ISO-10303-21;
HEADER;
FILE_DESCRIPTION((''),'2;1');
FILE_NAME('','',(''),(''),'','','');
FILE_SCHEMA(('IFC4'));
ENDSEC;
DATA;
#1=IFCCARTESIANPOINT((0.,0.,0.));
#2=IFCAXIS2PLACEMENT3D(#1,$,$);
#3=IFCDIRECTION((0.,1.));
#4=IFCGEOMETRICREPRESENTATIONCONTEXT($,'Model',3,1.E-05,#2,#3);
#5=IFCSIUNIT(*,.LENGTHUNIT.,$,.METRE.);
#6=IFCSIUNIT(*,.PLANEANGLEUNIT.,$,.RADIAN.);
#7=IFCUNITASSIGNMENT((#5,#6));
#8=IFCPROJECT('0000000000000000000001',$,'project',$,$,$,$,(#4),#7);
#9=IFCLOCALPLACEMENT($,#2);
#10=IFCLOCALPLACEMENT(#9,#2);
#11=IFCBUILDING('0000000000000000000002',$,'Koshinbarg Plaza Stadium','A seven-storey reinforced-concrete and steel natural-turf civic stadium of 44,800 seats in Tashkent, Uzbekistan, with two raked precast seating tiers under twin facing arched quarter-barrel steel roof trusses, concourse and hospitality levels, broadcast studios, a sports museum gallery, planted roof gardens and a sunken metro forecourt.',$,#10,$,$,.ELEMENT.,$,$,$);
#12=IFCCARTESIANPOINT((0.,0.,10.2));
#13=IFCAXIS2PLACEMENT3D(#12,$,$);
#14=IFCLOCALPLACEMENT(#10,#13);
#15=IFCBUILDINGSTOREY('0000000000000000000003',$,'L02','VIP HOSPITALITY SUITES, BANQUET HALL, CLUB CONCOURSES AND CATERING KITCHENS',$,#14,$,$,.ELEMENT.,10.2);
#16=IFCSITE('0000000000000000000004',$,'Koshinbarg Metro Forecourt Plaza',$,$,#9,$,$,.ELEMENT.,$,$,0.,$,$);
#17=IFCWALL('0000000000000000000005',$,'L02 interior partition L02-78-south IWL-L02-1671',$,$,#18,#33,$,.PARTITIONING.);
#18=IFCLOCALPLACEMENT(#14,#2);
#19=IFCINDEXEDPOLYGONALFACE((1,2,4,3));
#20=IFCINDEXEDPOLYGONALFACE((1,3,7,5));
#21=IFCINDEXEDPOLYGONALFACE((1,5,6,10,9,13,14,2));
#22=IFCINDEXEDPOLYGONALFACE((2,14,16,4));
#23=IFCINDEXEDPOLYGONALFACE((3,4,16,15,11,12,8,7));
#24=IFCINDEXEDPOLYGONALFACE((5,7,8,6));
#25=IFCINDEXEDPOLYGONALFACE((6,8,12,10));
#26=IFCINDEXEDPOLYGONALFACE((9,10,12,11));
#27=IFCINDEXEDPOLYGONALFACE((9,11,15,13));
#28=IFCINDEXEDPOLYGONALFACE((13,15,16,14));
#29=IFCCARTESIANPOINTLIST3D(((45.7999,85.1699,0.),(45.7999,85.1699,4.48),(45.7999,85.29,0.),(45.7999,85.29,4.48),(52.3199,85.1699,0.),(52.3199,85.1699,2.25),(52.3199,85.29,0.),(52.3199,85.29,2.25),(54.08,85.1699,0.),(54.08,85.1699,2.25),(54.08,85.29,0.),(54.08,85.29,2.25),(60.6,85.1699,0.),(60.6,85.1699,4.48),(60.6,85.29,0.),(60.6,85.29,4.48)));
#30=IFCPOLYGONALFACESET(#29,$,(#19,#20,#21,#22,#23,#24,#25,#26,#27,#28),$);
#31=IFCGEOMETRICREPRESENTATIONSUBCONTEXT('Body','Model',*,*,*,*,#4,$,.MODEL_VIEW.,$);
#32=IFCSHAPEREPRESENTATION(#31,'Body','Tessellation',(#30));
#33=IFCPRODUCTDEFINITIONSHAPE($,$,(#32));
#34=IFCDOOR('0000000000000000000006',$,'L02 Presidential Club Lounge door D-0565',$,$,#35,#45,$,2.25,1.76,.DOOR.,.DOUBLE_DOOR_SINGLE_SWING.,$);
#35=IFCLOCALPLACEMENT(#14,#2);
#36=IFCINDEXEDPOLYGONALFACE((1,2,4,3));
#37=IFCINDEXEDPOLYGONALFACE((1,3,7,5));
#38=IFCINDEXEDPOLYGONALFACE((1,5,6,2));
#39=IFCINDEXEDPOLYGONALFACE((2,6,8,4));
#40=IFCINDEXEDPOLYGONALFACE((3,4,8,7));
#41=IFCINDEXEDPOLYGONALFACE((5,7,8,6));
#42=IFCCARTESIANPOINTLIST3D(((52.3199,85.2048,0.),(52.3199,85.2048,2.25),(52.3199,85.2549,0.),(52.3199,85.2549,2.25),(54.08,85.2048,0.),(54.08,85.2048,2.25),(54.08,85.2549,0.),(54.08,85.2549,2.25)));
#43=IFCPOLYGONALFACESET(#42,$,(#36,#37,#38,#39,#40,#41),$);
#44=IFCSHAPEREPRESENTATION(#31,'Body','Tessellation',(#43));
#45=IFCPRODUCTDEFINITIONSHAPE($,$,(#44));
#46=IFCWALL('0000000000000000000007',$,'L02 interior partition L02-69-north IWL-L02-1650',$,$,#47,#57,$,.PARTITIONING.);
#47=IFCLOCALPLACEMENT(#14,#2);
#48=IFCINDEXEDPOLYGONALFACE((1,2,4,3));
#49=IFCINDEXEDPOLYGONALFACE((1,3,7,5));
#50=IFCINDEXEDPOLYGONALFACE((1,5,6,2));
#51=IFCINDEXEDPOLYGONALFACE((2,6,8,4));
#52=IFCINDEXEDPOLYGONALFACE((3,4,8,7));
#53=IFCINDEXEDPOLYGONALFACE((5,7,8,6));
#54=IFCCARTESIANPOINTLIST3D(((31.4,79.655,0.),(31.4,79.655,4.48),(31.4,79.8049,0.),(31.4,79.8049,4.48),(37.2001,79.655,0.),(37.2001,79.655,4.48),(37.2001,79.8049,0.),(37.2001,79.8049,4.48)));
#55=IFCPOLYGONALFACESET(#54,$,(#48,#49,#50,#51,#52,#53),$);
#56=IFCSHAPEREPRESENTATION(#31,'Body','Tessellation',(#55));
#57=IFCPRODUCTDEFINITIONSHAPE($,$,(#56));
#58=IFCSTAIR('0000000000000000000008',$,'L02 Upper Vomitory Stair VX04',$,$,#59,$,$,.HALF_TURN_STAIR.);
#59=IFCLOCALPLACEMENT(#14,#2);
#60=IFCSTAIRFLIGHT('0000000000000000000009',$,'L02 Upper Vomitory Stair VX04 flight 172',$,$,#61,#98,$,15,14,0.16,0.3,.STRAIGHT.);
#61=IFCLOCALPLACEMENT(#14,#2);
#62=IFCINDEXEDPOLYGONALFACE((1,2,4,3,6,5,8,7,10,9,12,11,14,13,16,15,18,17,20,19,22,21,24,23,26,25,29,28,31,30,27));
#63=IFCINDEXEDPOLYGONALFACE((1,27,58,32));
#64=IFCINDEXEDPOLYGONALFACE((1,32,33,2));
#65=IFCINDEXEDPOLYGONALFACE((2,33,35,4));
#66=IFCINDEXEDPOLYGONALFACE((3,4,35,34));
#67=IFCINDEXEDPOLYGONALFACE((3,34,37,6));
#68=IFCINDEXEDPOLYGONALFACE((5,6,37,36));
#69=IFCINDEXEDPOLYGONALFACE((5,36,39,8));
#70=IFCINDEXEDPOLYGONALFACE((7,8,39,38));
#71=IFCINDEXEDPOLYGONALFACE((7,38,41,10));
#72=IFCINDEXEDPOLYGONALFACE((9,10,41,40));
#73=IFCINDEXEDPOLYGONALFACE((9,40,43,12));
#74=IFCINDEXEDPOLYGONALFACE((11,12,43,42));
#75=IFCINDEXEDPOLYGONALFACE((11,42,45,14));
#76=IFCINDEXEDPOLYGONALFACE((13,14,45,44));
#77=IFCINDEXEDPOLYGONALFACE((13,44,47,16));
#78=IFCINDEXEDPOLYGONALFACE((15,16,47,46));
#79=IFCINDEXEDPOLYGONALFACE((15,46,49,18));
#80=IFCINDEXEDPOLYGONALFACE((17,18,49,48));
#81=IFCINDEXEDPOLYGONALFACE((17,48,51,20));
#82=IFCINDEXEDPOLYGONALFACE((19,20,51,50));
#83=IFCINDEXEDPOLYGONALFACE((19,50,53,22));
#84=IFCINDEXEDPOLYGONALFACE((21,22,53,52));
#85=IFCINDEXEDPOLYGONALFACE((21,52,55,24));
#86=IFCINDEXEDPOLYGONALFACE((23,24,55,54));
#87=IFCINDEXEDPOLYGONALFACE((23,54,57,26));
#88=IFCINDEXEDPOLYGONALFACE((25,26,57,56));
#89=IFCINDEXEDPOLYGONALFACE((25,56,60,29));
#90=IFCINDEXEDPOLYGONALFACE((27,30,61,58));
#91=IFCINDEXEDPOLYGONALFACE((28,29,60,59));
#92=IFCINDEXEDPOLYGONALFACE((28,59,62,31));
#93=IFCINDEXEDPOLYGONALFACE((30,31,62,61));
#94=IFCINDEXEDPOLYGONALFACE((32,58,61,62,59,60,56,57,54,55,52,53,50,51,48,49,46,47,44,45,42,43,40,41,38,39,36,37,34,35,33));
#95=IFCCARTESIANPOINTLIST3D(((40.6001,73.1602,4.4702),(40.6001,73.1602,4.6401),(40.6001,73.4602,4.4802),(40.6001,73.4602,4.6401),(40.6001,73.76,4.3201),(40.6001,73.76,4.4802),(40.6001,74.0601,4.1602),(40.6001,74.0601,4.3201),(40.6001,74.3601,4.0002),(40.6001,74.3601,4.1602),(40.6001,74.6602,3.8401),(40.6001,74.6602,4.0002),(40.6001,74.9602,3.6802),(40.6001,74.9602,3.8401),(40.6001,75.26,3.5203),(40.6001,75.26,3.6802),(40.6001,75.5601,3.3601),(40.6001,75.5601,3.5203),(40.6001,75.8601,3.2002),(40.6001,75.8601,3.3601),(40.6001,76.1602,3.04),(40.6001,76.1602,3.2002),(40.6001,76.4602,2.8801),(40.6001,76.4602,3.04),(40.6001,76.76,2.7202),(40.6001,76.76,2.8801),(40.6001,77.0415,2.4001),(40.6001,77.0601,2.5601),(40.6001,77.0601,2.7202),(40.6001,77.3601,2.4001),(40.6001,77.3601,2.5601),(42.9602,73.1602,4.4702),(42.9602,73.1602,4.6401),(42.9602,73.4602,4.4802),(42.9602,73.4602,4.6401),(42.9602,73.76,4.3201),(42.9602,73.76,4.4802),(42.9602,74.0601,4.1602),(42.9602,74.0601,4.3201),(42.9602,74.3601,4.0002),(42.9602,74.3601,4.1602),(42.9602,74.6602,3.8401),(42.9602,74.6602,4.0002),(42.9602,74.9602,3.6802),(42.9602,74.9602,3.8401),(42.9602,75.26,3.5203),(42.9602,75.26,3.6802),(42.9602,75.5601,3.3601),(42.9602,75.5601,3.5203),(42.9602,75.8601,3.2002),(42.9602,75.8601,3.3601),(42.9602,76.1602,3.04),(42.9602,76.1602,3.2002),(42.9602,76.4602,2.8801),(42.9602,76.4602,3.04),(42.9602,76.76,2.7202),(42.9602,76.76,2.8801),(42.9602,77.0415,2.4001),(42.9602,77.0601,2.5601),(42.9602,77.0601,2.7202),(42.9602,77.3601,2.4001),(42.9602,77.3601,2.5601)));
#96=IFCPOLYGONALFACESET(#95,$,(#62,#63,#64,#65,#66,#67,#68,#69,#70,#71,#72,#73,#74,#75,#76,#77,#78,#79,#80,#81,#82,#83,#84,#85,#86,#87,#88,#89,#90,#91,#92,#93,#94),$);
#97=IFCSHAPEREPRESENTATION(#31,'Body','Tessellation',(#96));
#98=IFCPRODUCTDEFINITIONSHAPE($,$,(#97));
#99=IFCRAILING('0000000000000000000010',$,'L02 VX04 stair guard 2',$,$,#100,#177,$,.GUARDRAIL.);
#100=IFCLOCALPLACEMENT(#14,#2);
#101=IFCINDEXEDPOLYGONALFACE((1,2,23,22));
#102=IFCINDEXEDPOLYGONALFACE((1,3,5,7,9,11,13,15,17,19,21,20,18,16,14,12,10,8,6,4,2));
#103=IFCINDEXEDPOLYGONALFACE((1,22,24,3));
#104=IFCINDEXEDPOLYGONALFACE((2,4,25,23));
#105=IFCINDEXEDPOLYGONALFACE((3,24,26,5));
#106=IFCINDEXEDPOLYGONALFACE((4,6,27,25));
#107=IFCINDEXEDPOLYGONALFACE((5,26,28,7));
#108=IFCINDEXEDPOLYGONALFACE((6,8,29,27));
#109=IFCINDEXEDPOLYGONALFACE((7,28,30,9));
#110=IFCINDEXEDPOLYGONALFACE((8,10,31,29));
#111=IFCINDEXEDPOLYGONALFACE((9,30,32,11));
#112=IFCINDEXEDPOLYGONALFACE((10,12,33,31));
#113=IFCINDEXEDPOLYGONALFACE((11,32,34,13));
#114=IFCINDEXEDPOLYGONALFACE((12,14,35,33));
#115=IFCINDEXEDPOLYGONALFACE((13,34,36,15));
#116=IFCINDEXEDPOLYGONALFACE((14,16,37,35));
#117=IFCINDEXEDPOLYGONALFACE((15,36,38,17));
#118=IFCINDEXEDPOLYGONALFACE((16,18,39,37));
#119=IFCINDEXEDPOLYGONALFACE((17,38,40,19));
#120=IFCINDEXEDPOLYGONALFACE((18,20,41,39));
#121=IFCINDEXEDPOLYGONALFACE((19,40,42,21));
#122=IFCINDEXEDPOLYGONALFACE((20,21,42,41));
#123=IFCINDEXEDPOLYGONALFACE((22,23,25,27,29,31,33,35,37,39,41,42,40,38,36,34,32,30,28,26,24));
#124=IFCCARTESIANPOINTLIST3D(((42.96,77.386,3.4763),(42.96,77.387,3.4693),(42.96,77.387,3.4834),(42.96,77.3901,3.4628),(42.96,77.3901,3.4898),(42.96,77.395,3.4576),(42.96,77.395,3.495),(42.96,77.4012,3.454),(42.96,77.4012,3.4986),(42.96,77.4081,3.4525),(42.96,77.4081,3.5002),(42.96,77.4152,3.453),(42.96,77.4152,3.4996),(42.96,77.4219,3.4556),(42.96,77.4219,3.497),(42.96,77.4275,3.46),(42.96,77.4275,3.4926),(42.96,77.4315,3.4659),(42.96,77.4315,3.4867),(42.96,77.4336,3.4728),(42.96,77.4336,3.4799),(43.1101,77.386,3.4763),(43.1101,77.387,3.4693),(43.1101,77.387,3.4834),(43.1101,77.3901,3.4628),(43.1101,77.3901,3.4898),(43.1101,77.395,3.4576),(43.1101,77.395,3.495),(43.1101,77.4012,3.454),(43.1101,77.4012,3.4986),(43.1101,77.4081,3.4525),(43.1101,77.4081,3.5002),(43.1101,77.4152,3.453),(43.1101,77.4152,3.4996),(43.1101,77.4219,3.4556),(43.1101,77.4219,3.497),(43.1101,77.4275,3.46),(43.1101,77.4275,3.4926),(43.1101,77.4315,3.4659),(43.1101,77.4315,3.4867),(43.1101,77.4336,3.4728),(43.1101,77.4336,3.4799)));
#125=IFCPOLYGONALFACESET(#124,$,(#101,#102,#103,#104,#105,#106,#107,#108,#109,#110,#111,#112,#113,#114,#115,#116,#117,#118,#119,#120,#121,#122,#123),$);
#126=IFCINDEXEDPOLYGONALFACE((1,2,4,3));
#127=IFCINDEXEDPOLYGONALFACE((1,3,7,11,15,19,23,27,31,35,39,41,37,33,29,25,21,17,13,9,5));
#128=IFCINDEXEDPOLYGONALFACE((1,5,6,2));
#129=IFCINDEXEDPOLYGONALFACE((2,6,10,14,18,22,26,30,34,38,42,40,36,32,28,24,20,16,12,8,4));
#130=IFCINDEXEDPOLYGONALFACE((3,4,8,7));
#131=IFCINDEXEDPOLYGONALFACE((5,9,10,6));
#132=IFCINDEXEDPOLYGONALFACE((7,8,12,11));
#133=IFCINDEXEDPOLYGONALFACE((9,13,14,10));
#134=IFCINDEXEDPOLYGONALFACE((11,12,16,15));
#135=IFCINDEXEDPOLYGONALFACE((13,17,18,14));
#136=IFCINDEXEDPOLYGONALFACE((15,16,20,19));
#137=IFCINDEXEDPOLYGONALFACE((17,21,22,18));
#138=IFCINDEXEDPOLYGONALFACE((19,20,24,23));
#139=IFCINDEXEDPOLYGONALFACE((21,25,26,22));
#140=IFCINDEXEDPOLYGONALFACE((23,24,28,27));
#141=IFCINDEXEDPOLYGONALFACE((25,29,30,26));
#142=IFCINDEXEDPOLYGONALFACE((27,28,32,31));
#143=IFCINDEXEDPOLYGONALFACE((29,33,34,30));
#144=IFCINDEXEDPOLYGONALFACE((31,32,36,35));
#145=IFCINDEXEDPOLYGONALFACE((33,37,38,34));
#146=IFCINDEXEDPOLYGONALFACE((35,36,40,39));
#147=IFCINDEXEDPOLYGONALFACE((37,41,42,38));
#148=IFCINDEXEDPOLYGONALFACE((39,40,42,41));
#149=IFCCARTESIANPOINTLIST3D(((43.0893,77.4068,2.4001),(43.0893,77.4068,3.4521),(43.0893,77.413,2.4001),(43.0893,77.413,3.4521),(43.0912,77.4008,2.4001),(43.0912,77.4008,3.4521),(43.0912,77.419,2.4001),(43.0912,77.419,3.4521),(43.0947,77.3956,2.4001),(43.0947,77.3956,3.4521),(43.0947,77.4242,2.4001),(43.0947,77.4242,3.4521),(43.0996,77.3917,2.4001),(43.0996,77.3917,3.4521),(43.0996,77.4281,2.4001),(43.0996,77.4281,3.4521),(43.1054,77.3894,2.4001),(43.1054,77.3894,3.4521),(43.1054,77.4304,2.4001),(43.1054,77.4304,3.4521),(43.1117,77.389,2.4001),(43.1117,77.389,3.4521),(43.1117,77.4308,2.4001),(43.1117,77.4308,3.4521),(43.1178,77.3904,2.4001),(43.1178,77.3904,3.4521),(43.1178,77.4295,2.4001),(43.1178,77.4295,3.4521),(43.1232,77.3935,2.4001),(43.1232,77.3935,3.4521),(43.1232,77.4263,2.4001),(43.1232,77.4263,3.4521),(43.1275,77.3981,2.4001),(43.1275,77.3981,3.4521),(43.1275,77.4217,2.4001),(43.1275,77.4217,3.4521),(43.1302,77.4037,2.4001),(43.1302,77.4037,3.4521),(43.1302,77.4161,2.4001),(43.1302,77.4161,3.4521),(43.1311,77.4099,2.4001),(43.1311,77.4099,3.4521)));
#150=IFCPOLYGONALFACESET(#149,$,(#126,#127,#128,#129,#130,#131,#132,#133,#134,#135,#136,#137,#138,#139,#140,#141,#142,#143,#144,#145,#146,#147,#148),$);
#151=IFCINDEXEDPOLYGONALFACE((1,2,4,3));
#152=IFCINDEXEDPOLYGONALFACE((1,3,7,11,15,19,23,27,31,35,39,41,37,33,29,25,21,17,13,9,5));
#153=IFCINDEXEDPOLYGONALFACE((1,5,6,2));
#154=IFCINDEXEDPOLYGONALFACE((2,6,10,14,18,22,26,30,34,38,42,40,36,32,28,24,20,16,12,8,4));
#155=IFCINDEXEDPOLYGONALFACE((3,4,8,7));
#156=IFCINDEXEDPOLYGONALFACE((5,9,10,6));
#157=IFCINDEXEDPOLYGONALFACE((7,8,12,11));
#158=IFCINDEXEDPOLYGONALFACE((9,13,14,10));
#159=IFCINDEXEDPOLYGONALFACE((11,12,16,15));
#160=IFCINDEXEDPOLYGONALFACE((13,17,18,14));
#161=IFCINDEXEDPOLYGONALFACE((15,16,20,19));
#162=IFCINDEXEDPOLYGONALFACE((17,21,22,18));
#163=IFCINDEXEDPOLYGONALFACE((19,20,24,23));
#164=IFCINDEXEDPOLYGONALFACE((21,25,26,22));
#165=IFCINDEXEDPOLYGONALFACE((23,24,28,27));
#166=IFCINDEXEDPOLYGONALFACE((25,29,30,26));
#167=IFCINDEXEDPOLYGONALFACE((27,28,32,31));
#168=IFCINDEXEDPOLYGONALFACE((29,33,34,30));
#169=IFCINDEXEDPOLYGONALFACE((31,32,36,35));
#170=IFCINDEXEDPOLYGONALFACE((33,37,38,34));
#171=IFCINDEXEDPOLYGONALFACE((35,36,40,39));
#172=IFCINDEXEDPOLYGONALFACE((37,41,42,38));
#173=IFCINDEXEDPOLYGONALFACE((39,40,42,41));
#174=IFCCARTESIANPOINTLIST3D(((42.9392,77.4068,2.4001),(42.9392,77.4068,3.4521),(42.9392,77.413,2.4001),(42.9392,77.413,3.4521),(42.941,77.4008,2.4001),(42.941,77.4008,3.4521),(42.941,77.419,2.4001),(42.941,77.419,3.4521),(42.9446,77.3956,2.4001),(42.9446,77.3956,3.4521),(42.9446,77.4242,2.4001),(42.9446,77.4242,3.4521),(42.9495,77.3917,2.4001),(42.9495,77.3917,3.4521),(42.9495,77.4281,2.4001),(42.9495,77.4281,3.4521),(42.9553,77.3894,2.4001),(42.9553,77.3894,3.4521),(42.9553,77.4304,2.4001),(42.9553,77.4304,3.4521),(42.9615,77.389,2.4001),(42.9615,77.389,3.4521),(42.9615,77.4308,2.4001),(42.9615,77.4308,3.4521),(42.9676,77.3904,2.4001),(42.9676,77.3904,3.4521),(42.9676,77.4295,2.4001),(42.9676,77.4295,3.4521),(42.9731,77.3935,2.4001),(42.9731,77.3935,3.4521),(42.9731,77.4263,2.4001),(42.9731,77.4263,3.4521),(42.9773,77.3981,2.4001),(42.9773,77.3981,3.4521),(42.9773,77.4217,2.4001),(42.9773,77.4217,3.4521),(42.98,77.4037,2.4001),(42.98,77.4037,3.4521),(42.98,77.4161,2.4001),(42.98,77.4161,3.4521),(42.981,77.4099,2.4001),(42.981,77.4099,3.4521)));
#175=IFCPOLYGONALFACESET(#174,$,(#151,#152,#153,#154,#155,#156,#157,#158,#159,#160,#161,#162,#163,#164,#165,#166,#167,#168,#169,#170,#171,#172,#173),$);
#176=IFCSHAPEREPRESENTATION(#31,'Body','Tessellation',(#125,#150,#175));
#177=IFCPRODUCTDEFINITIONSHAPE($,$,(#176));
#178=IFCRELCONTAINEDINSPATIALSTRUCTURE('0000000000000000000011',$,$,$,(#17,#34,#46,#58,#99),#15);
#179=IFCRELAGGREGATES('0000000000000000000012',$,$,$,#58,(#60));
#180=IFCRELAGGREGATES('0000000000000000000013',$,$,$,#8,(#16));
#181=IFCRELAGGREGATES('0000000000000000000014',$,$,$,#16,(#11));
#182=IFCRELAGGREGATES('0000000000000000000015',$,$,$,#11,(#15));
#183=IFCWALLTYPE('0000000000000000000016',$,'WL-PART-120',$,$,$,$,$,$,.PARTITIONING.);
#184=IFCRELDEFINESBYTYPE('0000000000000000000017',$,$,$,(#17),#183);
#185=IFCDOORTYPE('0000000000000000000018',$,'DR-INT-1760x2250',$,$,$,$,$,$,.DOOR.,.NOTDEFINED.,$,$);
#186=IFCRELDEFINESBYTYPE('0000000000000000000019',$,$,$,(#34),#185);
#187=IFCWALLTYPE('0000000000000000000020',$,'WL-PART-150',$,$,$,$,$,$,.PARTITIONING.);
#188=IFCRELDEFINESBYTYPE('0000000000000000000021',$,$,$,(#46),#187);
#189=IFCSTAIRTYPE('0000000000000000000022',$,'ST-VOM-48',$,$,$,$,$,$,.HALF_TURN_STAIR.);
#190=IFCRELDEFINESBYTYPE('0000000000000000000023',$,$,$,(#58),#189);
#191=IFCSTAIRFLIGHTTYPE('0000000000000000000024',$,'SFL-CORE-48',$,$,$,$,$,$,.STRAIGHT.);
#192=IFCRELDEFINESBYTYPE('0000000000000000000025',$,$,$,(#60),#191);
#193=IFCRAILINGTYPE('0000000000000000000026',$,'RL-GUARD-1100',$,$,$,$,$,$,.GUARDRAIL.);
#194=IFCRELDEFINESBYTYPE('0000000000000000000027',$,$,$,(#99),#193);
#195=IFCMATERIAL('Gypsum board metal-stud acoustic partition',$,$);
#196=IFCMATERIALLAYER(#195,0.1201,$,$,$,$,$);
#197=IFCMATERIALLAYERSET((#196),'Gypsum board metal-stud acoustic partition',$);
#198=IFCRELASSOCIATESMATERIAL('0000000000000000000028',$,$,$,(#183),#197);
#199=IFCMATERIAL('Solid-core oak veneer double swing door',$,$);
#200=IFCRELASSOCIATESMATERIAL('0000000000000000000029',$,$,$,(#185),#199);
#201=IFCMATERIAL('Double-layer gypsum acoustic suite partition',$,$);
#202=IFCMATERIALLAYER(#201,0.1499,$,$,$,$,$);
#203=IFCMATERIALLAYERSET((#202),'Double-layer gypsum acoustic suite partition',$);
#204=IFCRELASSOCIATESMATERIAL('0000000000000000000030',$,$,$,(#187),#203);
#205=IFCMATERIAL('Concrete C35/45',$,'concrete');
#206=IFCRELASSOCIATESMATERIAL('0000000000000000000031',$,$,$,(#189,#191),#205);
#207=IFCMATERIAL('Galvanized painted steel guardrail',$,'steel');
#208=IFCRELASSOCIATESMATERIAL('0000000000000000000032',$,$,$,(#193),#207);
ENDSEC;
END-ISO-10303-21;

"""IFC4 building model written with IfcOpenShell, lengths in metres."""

from ifc_helpers import new_model, si_unit, direction, frame, frame_2d, origin, origin_2d, place, context, subcontext, project, spatial, polyline, rectangle, circle, outline, extrude, material, layer, layer_set, type_object, element, fill, aggregate, save


model = new_model("IFC4")

# Units and contexts
model_context = context("Model", 3, precision=1e-05, world=origin(), true_north=direction((0.0, 1.0)))
body_context = subcontext(model_context, "Body", "Model", "MODEL_VIEW")
ifc_project = project(units=[si_unit("LENGTHUNIT", "METRE"), si_unit("PLANEANGLEUNIT", "RADIAN")], contexts=[model_context])

# Site, building, storey
site_placement = place(None, origin())
site = spatial("IfcSite", under=ifc_project, at=site_placement, Name="Koshinbarg Metro Forecourt Plaza", CompositionType="ELEMENT", RefElevation=0.0)
building_placement = place(site_placement, origin())
building = spatial("IfcBuilding", under=site, at=building_placement, Name="Koshinbarg Plaza Stadium", Description="A seven-storey reinforced-concrete and steel natural-turf civic stadium of 44,800 seats in Tashkent, Uzbekistan, with two raked precast seating tiers under twin facing arched quarter-barrel steel roof trusses, concourse and hospitality levels, broadcast studios, a sports museum gallery, planted roof gardens and a sunken metro forecourt.", CompositionType="ELEMENT")
storey_placement = place(building_placement, frame((0.0, 0.0, 10.2)))
storey = spatial("IfcBuildingStorey", under=building, at=storey_placement, Name="L02", Description="VIP HOSPITALITY SUITES, BANQUET HALL, CLUB CONCOURSES AND CATERING KITCHENS", CompositionType="ELEMENT", Elevation=10.2)

# Shared definitions
ifc_material_1 = material(Name="Gypsum board metal-stud acoustic partition")
ifc_layer_1 = layer(ifc_material_1, 0.1201)
ifc_layer_set_1 = layer_set([ifc_layer_1], Name="Gypsum board metal-stud acoustic partition")
wall_type_1 = type_object("IfcWallType", Name="WL-PART-120", PredefinedType="PARTITIONING", material=ifc_layer_set_1)

# Wall, opening, door
wall_1_placement = place(storey_placement, frame((45.8, 85.23, 0.0), z_axis=(0.0, 0.0, 1.0), x_axis=(1.0, 0.0, 0.0)))
wall_1 = element("IfcWall", 1, at=wall_1_placement, inside=storey, type_object=wall_type_1, Name="L02 interior partition L02-78-south IWL-L02-1671", PredefinedType="PARTITIONING", context=body_context, shape_type="SweptSolid", body=[
    extrude(rectangle(XDim=14.8, YDim=0.1201, at=frame_2d((7.3999, 0.0))), origin(), (0.0, 0.0, 1.0), 4.48),
])
opening_1_placement = place(wall_1_placement, frame((6.52, 0.0, 0.0)))
opening_1 = element("IfcOpeningElement", 2, at=opening_1_placement, cuts=wall_1, PredefinedType="OPENING", context=body_context, shape_type="SweptSolid", body=[
    extrude(rectangle(XDim=1.76, YDim=2.25, at=frame_2d((0.8799, 1.125))), frame((0.0, 0.0701, 0.0), z_axis=(0.0, -1.0, 0.0), x_axis=(1.0, 0.0, 0.0)), (0.0, 0.0, 1.0), 0.1401),
])
ifc_material_2 = material(Name="Solid-core oak veneer double swing door")
door_type_1 = type_object("IfcDoorType", Name="DR-INT-1760x2250", OperationType="NOTDEFINED", PredefinedType="DOOR", material=ifc_material_2)
door_1_placement = place(opening_1_placement, origin())
door_1 = element("IfcDoor", 3, at=door_1_placement, inside=storey, type_object=door_type_1, Name="L02 Presidential Club Lounge door D-0565", OperationType="DOUBLE_DOOR_SINGLE_SWING", OverallHeight=2.25, OverallWidth=1.76, PredefinedType="DOOR", context=body_context, shape_type="SweptSolid", body=[
    extrude(rectangle(XDim=1.76, YDim=2.25, at=frame_2d((0.8799, 1.125))), frame((0.0, 0.0249, 0.0), z_axis=(0.0, -1.0, 0.0), x_axis=(1.0, 0.0, 0.0)), (0.0, 0.0, 1.0), 0.05),
])
fill(opening_1, door_1)

# Wall
ifc_material_3 = material(Name="Double-layer gypsum acoustic suite partition")
ifc_layer_2 = layer(ifc_material_3, 0.1499)
ifc_layer_set_2 = layer_set([ifc_layer_2], Name="Double-layer gypsum acoustic suite partition")
wall_type_2 = type_object("IfcWallType", Name="WL-PART-150", PredefinedType="PARTITIONING", material=ifc_layer_set_2)
wall_2_placement = place(storey_placement, frame((37.2, 79.73, 0.0), z_axis=(0.0, 0.0, 1.0), x_axis=(-1.0, 0.0, 0.0)))
element("IfcWall", 4, at=wall_2_placement, inside=storey, type_object=wall_type_2, Name="L02 interior partition L02-69-north IWL-L02-1650", PredefinedType="PARTITIONING", context=body_context, shape_type="SweptSolid", body=[
    extrude(rectangle(XDim=5.8, YDim=0.1499, at=frame_2d((2.8999, 0.0))), origin(), (0.0, 0.0, 1.0), 4.48),
])

# Stair, stair flight
ifc_material_4 = material(Name="Concrete C35/45", Category="concrete")
stair_type = type_object("IfcStairType", Name="ST-VOM-48", PredefinedType="HALF_TURN_STAIR", material=ifc_material_4)
stair_placement = place(storey_placement, origin())
stair = element("IfcStair", 5, at=stair_placement, inside=storey, type_object=stair_type, Name="L02 Upper Vomitory Stair VX04", PredefinedType="HALF_TURN_STAIR")
stair_flight_type = type_object("IfcStairFlightType", Name="SFL-CORE-48", PredefinedType="STRAIGHT", material=ifc_material_4)
stair_flight_placement = place(storey_placement, frame((41.78, 77.3601, 2.4001), z_axis=(0.0, 0.0, 1.0), x_axis=(0.0, -1.0, 0.0)))
stair_flight = element("IfcStairFlight", 6, at=stair_flight_placement, type_object=stair_flight_type, Name="L02 Upper Vomitory Stair VX04 flight 172", NumberOfRisers=15, NumberOfTreads=14, PredefinedType="STRAIGHT", RiserHeight=0.16, TreadLength=0.3, context=body_context, shape_type="SweptSolid", body=[
    extrude(outline(polyline([(0.0, 0.0), (0.0, 0.1599), (0.3, 0.1599), (0.3, 0.3201), (0.6001, 0.3201), (0.6001, 0.48), (0.8999, 0.48), (0.8999, 0.6399), (1.2, 0.6399), (1.2, 0.8), (1.5, 0.8), (1.5, 0.96), (1.8, 0.96), (1.8, 1.1201), (2.1001, 1.1201), (2.1001, 1.28), (2.3999, 1.28), (2.3999, 1.4399), (2.7, 1.4399), (2.7, 1.6001), (3.0, 1.6001), (3.0, 1.76), (3.3, 1.76), (3.3, 1.9199), (3.6001, 1.9199), (3.6001, 2.0801), (3.8999, 2.0801), (3.8999, 2.24), (4.2, 2.24), (4.2, 2.3999), (4.2, 2.0701), (0.3186, 0.0), (0.0, 0.0)])), frame((0.0, 1.1802, 0.0), z_axis=(0.0, -1.0, 0.0), x_axis=(1.0, 0.0, 0.0)), (0.0, 0.0, 1.0), 2.3601),
])
aggregate(stair, [stair_flight])

# Railing
ifc_material_5 = material(Name="Galvanized painted steel guardrail", Category="steel")
railing_type_1 = type_object("IfcRailingType", Name="RL-GUARD-1100", PredefinedType="GUARDRAIL", material=ifc_material_5)
railing_1_placement = place(storey_placement, frame((43.1101, 77.4099, 2.4001)))
element("IfcRailing", 7, at=railing_1_placement, inside=storey, type_object=railing_type_1, Name="L02 VX04 stair guard 2", PredefinedType="GUARDRAIL", context=body_context, shape_type="SweptSolid", body=[
    extrude(circle(Radius=0.0239, at=origin_2d()), frame((0.0, 0.0, 1.0762), z_axis=(-1.0, 0.0, 0.0), x_axis=(0.0, -1.0, 0.0)), (0.0, 0.0, 1.0), 0.1501),
    extrude(circle(Radius=0.021, at=origin_2d()), origin(), (0.0, 0.0, 1.0), 1.052),
    extrude(circle(Radius=0.021, at=origin_2d()), frame((-0.1501, 0.0, 0.0)), (0.0, 0.0, 1.0), 1.052),
])

save(model, "model.ifc")
